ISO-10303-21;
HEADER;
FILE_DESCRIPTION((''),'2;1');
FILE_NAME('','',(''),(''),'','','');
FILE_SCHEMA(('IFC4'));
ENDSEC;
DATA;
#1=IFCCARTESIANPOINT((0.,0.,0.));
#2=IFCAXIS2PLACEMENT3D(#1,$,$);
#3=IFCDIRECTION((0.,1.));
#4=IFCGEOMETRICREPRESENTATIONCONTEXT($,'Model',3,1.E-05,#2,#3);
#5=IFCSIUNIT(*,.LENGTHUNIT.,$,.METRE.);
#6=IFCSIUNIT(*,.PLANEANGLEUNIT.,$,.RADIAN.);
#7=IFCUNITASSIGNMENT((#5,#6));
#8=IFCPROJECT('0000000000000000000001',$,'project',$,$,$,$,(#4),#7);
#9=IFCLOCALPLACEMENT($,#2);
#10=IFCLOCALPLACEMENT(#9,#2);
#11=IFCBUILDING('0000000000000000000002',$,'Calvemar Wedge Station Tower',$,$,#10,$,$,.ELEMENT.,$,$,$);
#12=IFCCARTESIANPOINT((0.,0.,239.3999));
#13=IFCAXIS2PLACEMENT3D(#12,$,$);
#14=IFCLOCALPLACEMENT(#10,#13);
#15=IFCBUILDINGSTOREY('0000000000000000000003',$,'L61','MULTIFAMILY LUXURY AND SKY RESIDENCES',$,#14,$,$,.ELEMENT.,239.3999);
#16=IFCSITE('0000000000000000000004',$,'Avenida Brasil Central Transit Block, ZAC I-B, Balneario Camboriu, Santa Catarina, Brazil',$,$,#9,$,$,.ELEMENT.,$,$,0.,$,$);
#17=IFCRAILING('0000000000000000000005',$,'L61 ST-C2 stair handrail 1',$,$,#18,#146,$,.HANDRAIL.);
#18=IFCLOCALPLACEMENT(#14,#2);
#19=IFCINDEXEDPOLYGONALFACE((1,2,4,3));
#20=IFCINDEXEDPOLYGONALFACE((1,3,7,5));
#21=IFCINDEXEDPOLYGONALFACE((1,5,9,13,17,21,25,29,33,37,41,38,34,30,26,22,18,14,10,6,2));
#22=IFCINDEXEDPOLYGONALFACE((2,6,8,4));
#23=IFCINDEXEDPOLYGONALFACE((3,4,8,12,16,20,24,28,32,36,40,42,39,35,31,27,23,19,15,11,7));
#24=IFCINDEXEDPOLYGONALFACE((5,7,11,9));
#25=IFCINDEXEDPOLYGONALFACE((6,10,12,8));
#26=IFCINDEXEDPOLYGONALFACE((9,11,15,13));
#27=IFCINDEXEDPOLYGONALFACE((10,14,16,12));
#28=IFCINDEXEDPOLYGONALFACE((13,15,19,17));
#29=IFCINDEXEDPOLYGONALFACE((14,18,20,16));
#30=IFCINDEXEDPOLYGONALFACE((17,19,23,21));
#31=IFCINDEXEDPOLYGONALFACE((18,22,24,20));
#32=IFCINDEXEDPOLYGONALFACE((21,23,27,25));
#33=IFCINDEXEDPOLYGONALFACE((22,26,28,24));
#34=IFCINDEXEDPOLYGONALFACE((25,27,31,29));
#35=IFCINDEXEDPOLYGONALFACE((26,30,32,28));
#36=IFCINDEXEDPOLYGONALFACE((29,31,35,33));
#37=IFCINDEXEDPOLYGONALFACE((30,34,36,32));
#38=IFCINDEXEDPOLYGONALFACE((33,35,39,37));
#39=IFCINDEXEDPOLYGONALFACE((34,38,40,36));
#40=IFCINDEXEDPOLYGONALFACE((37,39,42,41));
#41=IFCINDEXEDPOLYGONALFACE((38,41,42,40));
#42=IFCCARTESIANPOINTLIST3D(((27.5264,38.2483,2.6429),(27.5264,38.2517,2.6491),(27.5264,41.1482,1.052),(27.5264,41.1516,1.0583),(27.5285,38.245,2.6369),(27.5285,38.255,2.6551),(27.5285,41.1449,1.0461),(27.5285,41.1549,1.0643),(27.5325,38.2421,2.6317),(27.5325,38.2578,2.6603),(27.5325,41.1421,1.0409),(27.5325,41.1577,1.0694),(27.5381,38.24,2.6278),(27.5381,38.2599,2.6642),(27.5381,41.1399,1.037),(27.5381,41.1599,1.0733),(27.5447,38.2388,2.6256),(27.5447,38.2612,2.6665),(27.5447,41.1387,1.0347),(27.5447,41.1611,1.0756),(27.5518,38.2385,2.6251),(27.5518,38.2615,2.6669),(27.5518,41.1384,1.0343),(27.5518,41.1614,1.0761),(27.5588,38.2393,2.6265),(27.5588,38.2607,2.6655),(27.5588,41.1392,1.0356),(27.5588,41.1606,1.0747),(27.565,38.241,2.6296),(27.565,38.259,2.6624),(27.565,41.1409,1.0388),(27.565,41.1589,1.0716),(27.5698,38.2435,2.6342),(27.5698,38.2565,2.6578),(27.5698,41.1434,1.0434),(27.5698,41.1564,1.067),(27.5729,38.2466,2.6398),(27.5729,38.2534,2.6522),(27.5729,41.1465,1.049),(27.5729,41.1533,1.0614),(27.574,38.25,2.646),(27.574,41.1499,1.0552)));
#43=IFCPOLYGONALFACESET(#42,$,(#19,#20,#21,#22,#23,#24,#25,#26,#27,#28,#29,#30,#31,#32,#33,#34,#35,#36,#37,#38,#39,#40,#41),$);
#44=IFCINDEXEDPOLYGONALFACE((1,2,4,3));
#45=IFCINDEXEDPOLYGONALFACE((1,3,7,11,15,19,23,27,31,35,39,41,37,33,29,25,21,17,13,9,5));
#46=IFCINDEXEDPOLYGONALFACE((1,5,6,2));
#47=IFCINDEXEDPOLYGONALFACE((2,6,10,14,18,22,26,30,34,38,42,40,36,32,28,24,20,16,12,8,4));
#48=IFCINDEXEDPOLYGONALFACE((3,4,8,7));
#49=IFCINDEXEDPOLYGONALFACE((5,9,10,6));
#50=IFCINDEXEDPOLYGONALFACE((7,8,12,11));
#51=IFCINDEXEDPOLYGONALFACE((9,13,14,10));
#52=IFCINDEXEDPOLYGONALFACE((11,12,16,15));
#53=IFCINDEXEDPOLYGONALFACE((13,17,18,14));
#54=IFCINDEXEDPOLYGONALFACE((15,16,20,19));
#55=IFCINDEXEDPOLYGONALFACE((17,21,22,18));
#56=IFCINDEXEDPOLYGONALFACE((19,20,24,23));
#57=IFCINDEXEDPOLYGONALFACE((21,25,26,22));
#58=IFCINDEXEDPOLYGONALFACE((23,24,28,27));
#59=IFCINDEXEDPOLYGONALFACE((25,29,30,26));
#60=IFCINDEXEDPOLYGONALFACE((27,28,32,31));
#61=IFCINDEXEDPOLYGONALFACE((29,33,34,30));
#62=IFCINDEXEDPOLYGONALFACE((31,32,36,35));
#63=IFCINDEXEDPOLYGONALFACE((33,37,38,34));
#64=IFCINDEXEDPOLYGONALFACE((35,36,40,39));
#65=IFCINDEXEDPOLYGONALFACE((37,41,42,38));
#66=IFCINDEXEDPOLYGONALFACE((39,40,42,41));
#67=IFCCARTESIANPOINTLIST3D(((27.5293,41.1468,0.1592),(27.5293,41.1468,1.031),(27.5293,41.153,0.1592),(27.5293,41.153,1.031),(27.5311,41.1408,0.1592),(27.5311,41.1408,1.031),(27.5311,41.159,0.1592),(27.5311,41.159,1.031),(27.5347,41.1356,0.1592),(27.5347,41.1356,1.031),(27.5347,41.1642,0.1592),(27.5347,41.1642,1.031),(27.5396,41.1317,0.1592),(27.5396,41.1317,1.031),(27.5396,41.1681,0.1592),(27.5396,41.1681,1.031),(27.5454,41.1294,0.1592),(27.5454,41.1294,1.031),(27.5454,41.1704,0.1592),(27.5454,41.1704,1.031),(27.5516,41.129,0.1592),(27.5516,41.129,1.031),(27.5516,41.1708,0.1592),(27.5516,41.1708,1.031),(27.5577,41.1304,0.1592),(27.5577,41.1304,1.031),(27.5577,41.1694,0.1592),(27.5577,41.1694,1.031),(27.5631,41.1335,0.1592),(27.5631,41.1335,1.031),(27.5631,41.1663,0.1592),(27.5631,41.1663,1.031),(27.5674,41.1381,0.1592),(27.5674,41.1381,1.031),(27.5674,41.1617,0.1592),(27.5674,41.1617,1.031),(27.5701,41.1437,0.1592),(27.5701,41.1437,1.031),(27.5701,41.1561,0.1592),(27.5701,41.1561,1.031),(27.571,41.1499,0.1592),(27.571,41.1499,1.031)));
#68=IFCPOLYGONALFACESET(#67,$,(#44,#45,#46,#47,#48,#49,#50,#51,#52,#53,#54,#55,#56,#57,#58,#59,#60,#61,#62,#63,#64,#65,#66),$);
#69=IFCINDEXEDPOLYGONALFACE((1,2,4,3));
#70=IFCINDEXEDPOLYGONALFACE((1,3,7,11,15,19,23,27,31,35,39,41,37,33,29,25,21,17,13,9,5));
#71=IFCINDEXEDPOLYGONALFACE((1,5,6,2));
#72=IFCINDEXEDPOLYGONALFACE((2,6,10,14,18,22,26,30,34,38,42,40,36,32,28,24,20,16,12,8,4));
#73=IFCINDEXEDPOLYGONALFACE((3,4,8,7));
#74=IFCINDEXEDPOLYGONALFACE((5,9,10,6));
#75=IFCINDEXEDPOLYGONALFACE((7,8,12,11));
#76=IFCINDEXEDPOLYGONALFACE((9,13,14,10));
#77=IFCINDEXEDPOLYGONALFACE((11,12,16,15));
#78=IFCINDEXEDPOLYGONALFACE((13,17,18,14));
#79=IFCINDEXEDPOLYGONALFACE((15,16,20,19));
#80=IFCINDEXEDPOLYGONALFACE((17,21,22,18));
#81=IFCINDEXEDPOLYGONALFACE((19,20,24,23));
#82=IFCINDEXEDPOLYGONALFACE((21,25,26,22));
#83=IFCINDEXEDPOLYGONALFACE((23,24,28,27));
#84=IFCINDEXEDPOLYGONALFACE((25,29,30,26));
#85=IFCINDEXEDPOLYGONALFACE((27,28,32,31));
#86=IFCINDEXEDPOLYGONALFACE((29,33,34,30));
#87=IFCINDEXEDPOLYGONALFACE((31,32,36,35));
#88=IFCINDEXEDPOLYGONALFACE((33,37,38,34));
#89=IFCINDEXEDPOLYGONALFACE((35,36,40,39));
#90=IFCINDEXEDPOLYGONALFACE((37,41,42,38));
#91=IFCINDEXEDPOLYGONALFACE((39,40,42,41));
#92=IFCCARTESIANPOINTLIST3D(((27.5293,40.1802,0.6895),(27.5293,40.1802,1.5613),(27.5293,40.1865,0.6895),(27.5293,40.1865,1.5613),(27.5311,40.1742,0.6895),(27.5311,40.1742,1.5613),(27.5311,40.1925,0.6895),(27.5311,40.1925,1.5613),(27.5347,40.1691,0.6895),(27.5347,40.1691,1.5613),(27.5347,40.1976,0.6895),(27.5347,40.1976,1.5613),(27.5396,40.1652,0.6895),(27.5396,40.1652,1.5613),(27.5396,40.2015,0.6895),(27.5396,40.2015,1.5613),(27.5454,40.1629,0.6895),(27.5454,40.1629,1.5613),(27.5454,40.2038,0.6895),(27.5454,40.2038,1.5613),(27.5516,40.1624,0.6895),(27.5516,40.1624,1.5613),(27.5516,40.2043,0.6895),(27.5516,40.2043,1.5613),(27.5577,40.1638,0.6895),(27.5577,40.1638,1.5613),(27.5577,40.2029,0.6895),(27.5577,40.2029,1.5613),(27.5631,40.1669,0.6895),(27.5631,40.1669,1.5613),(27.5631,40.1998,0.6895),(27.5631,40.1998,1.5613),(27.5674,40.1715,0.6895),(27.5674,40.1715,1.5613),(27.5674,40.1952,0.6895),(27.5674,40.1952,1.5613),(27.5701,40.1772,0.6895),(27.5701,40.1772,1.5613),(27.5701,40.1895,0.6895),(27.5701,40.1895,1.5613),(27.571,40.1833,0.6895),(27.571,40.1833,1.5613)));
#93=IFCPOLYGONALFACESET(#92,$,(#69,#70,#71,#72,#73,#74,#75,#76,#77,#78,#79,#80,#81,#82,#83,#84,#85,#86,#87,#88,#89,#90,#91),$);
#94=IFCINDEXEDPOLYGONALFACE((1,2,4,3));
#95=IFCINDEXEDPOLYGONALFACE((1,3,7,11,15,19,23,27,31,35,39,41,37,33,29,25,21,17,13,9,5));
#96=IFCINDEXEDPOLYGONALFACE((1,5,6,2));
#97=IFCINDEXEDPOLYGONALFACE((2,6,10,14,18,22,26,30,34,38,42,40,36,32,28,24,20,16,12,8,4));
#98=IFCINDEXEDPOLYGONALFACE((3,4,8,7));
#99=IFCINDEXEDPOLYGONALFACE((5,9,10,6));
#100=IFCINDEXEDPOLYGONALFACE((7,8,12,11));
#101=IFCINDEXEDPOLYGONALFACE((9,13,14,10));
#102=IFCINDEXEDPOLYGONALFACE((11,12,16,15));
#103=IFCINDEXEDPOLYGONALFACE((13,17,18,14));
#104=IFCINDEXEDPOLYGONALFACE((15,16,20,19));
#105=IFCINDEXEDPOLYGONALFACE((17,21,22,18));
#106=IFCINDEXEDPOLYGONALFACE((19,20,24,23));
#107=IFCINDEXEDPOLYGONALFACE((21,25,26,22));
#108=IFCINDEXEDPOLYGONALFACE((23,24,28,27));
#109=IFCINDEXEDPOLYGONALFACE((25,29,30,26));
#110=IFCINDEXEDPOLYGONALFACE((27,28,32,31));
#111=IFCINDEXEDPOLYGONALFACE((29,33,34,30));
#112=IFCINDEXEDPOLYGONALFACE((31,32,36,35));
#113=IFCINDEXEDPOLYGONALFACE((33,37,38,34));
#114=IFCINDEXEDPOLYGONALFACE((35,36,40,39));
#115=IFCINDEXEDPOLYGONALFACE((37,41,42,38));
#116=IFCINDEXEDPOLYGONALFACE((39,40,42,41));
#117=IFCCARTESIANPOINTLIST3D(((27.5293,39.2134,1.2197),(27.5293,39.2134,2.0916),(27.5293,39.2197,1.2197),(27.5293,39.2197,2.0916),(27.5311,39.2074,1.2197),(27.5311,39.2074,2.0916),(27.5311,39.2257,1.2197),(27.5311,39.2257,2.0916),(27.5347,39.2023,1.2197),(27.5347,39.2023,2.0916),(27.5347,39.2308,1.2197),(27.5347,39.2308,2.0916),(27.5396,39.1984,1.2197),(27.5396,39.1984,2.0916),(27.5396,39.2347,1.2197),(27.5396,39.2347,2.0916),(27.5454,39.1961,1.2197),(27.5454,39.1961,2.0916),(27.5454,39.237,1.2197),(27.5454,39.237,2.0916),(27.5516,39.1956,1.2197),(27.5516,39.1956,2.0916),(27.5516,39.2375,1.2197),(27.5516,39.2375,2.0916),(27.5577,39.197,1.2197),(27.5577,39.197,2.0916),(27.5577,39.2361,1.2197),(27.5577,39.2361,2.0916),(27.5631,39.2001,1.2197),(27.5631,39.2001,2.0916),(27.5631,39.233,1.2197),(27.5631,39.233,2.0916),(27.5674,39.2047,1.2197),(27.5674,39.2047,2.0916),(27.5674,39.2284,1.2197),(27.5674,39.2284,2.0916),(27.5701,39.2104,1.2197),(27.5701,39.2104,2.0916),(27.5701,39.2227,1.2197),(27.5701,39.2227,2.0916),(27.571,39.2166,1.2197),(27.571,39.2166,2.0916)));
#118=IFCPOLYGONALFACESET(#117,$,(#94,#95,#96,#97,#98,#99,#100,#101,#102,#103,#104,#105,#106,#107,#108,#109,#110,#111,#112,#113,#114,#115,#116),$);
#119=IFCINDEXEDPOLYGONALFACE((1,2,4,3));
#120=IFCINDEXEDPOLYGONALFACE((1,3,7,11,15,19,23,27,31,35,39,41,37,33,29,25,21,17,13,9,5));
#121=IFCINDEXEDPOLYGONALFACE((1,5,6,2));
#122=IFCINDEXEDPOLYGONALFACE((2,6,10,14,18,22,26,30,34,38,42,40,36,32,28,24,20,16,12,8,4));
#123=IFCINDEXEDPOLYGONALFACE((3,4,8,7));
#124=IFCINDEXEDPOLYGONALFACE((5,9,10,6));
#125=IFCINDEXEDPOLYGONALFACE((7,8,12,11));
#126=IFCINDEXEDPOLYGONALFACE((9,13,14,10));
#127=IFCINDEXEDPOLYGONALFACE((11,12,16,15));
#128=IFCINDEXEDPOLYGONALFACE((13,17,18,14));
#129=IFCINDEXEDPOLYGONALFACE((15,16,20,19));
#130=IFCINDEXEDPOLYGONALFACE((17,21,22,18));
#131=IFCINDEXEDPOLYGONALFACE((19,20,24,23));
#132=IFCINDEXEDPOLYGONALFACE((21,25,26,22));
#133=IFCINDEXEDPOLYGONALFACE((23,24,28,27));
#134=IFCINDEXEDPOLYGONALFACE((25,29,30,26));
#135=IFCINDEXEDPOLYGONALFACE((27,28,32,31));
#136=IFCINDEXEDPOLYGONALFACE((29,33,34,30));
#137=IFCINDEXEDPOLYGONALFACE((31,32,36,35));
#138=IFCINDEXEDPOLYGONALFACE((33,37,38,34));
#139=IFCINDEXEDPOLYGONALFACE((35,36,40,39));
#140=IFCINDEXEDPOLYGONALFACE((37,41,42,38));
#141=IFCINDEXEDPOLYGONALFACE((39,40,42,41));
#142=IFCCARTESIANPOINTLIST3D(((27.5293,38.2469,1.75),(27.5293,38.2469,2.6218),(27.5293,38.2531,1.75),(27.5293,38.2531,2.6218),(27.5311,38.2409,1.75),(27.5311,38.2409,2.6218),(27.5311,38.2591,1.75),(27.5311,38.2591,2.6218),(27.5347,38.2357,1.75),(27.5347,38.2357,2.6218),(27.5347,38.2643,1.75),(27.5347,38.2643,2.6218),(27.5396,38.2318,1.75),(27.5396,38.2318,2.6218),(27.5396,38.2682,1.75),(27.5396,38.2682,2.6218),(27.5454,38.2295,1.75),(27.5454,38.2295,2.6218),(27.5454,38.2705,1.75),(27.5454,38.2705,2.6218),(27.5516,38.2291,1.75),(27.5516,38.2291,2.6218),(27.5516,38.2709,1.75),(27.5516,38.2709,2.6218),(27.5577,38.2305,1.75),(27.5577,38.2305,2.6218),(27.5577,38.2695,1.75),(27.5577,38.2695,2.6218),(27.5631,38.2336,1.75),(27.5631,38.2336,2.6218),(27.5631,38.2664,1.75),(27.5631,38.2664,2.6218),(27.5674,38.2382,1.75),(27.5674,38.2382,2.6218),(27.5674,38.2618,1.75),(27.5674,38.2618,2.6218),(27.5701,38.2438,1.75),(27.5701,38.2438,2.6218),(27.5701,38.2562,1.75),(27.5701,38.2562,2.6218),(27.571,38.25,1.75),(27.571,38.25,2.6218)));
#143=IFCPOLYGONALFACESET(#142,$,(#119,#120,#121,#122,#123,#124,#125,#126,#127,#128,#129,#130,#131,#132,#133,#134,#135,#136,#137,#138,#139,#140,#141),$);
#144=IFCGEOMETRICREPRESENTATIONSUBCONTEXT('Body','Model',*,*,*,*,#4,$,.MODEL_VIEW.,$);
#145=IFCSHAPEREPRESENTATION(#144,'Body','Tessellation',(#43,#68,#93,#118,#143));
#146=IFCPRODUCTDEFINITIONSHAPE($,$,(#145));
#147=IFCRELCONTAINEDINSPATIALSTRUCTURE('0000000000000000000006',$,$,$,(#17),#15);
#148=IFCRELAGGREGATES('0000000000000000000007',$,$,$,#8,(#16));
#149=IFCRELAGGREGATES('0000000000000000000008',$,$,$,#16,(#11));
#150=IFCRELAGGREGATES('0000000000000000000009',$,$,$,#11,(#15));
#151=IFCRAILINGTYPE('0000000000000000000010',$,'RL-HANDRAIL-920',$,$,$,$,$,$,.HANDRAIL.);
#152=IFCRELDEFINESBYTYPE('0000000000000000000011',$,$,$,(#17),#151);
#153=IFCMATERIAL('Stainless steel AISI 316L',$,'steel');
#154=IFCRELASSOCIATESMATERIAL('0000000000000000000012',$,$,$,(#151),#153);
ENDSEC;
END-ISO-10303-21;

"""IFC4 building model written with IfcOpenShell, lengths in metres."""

from ifc_helpers import new_model, si_unit, direction, frame, origin, origin_2d, place, context, subcontext, project, spatial, circle, extrude, material, type_object, element, save


model = new_model("IFC4")

# Units and contexts
model_context = context("Model", 3, precision=1e-05, world=origin(), true_north=direction((0.0, 1.0)))
body_context = subcontext(model_context, "Body", "Model", "MODEL_VIEW")
ifc_project = project(units=[si_unit("LENGTHUNIT", "METRE"), si_unit("PLANEANGLEUNIT", "RADIAN")], contexts=[model_context])

# Site, building, storey
site_placement = place(None, origin())
site = spatial("IfcSite", under=ifc_project, at=site_placement, Name="Avenida Brasil Central Transit Block, ZAC I-B, Balneario Camboriu, Santa Catarina, Brazil", CompositionType="ELEMENT", RefElevation=0.0)
building_placement = place(site_placement, origin())
building = spatial("IfcBuilding", under=site, at=building_placement, Name="Calvemar Wedge Station Tower", CompositionType="ELEMENT")
storey_placement = place(building_placement, frame((0.0, 0.0, 239.3999)))
storey = spatial("IfcBuildingStorey", under=building, at=storey_placement, Name="L61", Description="MULTIFAMILY LUXURY AND SKY RESIDENCES", CompositionType="ELEMENT", Elevation=239.3999)

# Railing
ifc_material_1 = material(Name="Stainless steel AISI 316L", Category="steel")
railing_type_1 = type_object("IfcRailingType", Name="RL-HANDRAIL-920", PredefinedType="HANDRAIL", material=ifc_material_1)
railing_1_placement = place(storey_placement, frame((27.55, 41.1499, 0.1592)))
element("IfcRailing", 1, at=railing_1_placement, inside=storey, type_object=railing_type_1, Name="L61 ST-C2 stair handrail 1", PredefinedType="HANDRAIL", context=body_context, shape_type="SweptSolid", body=[
    extrude(circle(Radius=0.0239, at=origin_2d()), frame((0.0, 0.0, 0.896), z_axis=(0.0, -0.876742, 0.480961), x_axis=(1.0, 0.0, 0.0)), (0.0, 0.0, 1.0), 3.3076),
    extrude(circle(Radius=0.021, at=origin_2d()), origin(), (0.0, 0.0, 1.0), 0.8718),
    extrude(circle(Radius=0.021, at=origin_2d()), frame((0.0, -0.9666, 0.5303)), (0.0, 0.0, 1.0), 0.8718),
    extrude(circle(Radius=0.021, at=origin_2d()), frame((0.0, -1.9333, 1.0605)), (0.0, 0.0, 1.0), 0.8718),
    extrude(circle(Radius=0.021, at=origin_2d()), frame((0.0, -2.8999, 1.5908)), (0.0, 0.0, 1.0), 0.8718),
])

save(model, "model.ifc")
